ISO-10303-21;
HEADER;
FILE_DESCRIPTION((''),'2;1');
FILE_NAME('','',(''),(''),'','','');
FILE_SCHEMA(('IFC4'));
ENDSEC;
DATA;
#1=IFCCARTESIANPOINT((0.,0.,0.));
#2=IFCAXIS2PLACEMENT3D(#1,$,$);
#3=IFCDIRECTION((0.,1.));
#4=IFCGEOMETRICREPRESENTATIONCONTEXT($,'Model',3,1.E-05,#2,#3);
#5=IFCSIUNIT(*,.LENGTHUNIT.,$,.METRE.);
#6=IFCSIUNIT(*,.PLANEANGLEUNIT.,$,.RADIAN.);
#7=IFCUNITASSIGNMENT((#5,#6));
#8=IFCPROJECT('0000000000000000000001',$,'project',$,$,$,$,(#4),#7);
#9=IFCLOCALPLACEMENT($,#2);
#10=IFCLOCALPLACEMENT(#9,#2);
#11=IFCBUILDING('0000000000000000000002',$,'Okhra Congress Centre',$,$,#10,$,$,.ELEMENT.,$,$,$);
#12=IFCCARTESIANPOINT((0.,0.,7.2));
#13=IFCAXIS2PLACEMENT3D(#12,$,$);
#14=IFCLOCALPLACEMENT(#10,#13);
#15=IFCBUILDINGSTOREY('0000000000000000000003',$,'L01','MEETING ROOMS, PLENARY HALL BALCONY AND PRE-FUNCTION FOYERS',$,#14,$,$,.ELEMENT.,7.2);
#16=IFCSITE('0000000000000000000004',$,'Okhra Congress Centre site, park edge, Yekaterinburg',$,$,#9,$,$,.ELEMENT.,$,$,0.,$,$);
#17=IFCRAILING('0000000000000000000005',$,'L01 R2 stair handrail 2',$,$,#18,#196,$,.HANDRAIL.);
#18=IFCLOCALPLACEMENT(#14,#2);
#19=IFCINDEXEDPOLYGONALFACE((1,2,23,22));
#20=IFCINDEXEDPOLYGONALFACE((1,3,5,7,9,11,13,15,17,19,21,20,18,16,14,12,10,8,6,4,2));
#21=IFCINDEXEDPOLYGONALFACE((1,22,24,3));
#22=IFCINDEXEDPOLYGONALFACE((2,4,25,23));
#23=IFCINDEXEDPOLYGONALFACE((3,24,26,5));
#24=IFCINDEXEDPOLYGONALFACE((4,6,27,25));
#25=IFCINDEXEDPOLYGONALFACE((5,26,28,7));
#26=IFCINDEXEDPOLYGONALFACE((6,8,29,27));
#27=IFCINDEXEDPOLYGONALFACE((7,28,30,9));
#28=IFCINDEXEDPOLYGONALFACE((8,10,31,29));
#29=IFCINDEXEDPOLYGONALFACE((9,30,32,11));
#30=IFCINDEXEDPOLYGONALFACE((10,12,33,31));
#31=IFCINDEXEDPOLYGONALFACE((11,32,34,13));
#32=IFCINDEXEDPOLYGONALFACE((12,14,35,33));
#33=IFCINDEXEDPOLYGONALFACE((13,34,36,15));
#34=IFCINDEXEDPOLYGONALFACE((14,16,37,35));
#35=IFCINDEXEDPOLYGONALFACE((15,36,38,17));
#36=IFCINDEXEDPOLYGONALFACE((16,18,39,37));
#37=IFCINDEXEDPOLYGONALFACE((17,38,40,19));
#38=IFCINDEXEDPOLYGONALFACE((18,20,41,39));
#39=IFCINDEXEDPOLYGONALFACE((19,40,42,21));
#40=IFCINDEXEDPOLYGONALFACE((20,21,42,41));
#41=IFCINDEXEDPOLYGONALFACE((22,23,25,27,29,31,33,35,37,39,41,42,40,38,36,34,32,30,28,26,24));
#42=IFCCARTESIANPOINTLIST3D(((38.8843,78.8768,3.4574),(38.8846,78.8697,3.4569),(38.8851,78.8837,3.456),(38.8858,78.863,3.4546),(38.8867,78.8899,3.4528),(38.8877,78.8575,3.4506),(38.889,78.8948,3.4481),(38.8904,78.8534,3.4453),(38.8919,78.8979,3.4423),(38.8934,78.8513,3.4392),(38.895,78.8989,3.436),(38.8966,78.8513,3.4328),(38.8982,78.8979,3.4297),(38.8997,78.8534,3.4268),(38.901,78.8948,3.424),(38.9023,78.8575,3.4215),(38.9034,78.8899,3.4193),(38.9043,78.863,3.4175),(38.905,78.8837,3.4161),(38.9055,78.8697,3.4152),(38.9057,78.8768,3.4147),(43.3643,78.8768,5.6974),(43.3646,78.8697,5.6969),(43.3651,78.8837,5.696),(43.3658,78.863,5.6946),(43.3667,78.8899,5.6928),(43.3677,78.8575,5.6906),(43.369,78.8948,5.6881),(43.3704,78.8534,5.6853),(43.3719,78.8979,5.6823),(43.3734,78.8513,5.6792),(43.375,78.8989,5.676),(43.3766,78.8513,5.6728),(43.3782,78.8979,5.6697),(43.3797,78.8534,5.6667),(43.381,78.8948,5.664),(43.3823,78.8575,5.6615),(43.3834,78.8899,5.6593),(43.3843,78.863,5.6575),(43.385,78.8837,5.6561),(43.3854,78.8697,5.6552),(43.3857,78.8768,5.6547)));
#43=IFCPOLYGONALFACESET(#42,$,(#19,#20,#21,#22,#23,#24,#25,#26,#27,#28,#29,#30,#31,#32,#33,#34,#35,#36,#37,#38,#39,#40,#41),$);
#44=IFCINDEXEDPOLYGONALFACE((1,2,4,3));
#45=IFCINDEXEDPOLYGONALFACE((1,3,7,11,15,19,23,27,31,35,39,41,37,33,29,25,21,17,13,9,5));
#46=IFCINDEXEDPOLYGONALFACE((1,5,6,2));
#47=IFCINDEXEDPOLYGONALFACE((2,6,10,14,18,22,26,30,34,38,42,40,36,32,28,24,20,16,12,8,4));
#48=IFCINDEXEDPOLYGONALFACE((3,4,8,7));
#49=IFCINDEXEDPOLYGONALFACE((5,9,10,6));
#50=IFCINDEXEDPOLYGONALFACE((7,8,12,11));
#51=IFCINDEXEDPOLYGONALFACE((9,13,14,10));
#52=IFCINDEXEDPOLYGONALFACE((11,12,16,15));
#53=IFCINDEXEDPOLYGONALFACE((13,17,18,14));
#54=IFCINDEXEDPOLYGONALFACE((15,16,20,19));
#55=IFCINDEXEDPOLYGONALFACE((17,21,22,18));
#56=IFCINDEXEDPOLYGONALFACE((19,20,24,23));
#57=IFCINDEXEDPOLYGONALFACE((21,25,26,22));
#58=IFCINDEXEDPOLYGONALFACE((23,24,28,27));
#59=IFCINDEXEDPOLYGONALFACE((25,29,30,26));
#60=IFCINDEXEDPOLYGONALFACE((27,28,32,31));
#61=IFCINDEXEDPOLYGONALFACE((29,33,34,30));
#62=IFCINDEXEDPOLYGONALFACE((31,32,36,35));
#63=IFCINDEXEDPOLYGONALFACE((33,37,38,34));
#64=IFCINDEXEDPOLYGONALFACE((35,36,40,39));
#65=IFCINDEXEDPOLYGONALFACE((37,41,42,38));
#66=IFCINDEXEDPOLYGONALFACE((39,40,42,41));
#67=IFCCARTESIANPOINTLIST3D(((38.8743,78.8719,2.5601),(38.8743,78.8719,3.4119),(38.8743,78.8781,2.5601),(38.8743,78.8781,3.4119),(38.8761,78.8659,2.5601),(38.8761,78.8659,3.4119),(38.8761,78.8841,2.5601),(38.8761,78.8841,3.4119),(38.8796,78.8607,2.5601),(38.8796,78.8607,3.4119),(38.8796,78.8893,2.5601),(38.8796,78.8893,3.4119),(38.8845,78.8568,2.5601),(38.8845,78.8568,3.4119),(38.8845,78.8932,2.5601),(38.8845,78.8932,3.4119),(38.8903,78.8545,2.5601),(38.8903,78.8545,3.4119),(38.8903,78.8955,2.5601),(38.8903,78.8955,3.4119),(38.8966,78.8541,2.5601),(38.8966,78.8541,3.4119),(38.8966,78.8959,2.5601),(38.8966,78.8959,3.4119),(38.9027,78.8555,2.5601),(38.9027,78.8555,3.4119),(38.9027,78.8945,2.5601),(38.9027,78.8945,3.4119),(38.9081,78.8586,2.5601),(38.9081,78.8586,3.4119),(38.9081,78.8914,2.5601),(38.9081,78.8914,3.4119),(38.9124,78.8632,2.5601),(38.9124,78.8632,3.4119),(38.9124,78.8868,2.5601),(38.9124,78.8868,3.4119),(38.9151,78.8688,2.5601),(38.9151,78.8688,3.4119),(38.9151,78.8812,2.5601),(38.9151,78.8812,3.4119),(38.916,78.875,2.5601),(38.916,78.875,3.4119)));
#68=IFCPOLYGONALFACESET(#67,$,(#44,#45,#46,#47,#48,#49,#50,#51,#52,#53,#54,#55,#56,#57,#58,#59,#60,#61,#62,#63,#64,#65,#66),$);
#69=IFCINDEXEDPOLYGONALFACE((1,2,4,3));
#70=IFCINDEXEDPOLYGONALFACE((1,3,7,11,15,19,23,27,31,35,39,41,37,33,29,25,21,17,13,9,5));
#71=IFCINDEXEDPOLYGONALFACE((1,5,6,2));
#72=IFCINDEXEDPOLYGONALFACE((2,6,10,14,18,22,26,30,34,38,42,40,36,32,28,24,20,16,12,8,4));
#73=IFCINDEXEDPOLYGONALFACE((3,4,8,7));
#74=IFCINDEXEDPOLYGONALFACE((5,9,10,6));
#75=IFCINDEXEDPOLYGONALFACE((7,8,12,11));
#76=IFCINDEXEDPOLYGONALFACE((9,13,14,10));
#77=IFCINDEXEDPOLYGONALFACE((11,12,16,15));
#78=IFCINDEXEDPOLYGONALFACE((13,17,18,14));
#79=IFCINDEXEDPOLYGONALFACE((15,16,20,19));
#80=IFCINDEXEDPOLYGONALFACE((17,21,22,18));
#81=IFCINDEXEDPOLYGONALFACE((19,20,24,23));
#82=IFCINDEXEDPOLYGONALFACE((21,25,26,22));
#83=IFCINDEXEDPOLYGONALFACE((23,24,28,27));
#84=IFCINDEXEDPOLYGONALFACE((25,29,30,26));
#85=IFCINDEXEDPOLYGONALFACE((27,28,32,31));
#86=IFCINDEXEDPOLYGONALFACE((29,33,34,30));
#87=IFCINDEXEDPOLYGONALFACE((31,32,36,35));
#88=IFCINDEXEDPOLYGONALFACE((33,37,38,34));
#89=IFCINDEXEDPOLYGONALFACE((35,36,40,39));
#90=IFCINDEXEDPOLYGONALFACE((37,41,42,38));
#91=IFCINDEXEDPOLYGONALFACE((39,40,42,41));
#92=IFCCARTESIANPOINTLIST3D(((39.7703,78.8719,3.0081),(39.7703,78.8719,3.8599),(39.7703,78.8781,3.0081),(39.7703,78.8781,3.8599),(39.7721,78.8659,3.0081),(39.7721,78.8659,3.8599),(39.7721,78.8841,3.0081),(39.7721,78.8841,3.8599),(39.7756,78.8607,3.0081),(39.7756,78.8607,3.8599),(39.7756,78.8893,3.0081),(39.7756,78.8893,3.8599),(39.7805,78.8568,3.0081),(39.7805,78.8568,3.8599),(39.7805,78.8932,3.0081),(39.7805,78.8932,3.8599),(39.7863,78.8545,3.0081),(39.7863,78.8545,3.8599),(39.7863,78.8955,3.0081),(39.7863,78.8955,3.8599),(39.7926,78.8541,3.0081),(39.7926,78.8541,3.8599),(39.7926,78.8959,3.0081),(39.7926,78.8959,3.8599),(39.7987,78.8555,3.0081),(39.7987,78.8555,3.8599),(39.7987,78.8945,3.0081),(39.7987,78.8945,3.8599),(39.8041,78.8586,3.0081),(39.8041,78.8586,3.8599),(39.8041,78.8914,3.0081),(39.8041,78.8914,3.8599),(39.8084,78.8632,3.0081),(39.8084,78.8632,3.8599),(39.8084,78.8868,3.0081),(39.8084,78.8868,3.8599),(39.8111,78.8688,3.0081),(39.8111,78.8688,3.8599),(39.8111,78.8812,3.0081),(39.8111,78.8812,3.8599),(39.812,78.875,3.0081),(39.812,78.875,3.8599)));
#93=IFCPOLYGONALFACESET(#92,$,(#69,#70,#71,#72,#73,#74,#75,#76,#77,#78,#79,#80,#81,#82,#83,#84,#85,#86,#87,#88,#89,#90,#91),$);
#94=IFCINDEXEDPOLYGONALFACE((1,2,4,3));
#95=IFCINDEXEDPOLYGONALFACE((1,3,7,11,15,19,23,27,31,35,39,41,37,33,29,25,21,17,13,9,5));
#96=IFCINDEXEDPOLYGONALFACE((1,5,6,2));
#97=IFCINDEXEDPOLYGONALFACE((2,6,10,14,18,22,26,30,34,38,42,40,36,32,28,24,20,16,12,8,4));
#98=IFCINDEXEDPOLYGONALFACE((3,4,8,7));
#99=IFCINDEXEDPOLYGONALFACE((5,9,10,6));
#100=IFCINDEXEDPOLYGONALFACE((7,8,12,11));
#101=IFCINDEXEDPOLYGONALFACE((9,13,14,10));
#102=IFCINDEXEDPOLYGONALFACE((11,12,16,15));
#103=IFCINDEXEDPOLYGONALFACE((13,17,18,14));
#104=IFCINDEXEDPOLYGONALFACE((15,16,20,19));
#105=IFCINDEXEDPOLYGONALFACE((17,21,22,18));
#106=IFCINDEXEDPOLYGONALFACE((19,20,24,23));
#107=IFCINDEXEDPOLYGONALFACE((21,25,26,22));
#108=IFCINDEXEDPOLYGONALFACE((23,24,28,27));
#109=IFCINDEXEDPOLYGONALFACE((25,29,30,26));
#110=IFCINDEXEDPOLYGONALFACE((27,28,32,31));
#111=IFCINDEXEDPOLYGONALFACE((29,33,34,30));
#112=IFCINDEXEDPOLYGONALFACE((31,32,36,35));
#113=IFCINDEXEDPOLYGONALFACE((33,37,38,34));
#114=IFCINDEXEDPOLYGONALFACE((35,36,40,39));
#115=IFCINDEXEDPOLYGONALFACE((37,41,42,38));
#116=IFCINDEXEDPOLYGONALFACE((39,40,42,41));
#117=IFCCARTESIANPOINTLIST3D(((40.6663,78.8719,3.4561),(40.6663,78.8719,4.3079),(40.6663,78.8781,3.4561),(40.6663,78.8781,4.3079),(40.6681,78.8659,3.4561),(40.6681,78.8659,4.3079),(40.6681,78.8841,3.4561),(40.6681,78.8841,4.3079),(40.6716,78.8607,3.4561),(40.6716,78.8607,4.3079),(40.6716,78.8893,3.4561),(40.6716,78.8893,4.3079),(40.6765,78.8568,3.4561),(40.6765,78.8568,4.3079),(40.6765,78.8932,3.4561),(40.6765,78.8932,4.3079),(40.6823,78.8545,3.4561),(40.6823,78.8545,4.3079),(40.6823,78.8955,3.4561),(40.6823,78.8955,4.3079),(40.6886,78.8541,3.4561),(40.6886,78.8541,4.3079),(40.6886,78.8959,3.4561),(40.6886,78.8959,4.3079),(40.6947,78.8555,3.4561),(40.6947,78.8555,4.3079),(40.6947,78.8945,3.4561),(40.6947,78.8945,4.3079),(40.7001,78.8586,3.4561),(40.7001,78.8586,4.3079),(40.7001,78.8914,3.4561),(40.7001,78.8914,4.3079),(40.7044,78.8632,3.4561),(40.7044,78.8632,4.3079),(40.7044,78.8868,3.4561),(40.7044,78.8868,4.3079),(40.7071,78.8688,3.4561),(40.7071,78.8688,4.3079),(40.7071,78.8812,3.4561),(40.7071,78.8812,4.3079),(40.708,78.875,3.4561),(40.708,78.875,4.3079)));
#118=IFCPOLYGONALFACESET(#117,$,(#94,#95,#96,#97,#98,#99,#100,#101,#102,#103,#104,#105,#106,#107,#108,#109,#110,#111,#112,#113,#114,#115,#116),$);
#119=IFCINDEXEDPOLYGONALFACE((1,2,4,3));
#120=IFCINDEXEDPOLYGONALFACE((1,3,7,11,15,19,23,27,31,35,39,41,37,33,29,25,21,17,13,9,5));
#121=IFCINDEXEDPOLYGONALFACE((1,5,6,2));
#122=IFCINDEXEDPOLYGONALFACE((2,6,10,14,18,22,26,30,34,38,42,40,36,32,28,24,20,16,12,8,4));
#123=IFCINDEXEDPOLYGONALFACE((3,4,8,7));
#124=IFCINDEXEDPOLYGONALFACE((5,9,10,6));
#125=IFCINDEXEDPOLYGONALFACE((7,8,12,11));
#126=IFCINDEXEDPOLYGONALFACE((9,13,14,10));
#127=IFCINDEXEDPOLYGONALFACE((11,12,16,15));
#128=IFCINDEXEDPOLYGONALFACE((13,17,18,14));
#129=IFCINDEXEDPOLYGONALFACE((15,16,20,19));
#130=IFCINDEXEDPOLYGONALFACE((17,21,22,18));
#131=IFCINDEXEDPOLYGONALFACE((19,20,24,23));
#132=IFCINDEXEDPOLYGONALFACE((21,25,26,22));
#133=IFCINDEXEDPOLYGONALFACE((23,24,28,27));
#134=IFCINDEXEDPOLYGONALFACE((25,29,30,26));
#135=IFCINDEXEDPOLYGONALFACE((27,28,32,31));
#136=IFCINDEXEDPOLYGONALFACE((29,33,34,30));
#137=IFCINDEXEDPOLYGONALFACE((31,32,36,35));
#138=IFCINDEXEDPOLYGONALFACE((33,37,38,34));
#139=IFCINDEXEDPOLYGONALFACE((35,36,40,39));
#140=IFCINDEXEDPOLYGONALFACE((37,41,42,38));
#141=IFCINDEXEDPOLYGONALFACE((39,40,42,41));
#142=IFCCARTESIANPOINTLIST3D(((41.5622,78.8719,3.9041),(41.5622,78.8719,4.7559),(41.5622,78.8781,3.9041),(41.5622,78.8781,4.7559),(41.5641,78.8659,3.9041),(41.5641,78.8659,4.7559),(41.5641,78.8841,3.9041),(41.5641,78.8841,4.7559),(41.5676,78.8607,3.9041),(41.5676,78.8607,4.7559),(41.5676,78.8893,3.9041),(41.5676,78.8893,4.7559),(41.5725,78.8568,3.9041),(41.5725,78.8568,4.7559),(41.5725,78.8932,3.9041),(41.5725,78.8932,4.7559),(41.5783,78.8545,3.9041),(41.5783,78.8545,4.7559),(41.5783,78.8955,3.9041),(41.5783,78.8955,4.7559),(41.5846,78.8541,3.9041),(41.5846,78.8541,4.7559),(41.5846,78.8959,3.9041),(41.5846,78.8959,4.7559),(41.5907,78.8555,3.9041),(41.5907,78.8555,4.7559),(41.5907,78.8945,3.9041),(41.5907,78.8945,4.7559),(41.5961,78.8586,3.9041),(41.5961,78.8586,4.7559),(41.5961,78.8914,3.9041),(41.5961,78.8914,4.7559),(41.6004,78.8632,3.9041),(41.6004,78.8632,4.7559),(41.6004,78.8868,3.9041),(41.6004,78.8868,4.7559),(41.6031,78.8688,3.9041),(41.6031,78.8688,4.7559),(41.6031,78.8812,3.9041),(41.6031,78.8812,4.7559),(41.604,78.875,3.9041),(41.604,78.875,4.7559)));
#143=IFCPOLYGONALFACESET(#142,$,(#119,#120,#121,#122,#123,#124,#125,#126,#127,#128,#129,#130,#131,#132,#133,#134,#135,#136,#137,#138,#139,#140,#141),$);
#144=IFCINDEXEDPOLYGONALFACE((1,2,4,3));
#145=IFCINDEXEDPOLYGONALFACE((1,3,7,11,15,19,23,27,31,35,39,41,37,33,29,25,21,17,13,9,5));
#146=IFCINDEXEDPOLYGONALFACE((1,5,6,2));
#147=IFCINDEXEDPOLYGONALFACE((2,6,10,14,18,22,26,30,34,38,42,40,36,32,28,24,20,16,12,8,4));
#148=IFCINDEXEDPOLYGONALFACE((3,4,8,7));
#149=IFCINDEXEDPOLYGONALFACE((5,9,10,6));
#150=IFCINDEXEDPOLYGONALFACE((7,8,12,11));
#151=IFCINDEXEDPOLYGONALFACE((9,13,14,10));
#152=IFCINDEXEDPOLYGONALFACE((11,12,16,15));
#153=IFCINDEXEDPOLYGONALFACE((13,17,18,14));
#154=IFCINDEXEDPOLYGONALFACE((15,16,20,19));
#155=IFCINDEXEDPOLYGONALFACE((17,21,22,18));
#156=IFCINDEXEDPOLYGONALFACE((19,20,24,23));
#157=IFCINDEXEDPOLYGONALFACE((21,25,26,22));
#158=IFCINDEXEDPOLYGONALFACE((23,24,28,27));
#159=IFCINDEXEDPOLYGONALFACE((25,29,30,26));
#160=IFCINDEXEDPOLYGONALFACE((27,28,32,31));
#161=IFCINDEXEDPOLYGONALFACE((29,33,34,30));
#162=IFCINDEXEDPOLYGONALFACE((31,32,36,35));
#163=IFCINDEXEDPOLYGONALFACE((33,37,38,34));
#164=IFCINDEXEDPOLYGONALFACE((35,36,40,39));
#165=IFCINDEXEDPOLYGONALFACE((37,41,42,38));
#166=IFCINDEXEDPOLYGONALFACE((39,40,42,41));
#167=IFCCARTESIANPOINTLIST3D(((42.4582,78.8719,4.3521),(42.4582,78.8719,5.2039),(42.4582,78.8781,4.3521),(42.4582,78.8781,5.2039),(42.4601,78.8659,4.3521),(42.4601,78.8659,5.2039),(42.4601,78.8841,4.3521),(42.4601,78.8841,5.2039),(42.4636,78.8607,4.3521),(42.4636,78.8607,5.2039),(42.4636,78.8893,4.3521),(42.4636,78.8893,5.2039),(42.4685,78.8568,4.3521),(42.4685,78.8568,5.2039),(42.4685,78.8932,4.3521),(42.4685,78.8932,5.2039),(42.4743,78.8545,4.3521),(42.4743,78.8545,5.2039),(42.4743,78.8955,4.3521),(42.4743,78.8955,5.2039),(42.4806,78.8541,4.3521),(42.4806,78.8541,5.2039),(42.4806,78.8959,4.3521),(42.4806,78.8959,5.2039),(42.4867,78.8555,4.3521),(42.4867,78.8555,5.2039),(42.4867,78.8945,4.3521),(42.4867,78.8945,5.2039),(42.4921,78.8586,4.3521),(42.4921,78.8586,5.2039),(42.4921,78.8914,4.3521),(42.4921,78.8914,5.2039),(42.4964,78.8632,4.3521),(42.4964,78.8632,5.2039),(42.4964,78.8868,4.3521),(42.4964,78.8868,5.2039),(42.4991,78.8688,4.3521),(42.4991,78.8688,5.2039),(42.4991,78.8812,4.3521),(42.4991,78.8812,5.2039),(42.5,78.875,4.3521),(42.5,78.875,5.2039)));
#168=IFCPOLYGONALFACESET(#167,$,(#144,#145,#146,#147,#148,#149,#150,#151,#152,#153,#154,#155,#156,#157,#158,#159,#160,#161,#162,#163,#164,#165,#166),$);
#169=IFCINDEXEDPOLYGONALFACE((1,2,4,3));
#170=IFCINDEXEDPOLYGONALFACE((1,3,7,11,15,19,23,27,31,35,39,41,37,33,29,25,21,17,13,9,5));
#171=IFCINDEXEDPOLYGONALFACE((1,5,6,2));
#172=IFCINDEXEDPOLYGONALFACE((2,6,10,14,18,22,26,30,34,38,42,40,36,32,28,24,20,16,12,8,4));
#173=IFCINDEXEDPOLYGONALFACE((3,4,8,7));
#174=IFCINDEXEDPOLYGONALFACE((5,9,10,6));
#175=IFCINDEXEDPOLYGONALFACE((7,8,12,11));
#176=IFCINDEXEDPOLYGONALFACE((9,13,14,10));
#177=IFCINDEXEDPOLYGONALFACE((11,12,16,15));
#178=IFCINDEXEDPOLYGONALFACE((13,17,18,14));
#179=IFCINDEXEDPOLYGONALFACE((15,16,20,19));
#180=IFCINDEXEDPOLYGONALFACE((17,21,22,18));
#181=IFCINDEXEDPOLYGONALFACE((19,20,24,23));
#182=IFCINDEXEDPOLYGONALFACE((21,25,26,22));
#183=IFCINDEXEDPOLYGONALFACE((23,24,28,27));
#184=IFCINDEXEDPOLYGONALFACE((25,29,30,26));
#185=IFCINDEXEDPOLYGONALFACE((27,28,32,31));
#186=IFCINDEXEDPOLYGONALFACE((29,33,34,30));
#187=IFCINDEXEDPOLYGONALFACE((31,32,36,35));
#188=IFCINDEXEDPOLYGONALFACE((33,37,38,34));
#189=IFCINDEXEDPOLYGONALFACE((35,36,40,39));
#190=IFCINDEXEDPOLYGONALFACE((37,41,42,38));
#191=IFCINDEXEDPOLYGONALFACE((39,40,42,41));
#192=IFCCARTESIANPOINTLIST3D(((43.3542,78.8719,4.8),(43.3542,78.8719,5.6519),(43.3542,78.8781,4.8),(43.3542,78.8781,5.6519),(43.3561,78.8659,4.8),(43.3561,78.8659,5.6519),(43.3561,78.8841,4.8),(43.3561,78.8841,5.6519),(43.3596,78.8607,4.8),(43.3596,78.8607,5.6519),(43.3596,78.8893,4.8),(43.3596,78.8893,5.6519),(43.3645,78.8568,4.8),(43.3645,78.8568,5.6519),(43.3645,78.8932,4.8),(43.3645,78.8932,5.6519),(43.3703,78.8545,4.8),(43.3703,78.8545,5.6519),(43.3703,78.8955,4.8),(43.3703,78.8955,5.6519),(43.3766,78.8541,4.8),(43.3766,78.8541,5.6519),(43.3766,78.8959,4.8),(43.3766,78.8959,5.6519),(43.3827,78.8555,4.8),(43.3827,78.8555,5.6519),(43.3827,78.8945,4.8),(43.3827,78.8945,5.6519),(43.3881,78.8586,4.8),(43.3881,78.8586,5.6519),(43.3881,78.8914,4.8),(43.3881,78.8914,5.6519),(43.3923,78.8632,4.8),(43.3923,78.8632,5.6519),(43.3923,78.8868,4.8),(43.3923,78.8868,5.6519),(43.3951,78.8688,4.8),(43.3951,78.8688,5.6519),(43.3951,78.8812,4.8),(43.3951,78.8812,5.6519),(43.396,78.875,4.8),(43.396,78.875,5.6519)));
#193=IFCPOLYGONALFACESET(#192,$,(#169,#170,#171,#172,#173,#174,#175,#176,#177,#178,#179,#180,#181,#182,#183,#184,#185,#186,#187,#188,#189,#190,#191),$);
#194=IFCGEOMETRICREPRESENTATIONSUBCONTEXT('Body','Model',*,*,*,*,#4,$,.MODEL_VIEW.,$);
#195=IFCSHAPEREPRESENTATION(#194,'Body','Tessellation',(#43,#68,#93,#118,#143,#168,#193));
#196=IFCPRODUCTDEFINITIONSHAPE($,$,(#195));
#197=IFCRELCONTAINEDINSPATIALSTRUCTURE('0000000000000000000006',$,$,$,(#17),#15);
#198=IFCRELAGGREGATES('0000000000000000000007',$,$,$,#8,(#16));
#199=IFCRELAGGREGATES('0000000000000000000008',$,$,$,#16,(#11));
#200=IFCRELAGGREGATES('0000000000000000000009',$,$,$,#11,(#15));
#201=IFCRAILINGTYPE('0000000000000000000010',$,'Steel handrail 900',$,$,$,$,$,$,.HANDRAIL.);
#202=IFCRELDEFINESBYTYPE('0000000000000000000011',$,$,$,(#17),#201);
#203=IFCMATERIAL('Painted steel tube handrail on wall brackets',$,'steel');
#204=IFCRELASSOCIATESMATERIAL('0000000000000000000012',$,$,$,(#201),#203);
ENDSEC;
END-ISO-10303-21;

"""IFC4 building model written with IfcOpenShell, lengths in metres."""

from ifc_helpers import new_model, si_unit, direction, frame, origin, origin_2d, place, context, subcontext, project, spatial, circle, extrude, material, type_object, element, save


model = new_model("IFC4")

# Units and contexts
model_context = context("Model", 3, precision=1e-05, world=origin(), true_north=direction((0.0, 1.0)))
body_context = subcontext(model_context, "Body", "Model", "MODEL_VIEW")
ifc_project = project(units=[si_unit("LENGTHUNIT", "METRE"), si_unit("PLANEANGLEUNIT", "RADIAN")], contexts=[model_context])

# Site, building, storey
site_placement = place(None, origin())
site = spatial("IfcSite", under=ifc_project, at=site_placement, Name="Okhra Congress Centre site, park edge, Yekaterinburg", CompositionType="ELEMENT", RefElevation=0.0)
building_placement = place(site_placement, origin())
building = spatial("IfcBuilding", under=site, at=building_placement, Name="Okhra Congress Centre", CompositionType="ELEMENT")
storey_placement = place(building_placement, frame((0.0, 0.0, 7.2)))
storey = spatial("IfcBuildingStorey", under=building, at=storey_placement, Name="L01", Description="MEETING ROOMS, PLENARY HALL BALCONY AND PRE-FUNCTION FOYERS", CompositionType="ELEMENT", Elevation=7.2)

# Railing
ifc_material_1 = material(Name="Painted steel tube handrail on wall brackets", Category="steel")
railing_type = type_object("IfcRailingType", Name="Steel handrail 900", PredefinedType="HANDRAIL", material=ifc_material_1)
railing_placement = place(storey_placement, frame((38.895, 78.875, 2.5601)))
element("IfcRailing", 1, at=railing_placement, inside=storey, type_object=railing_type, Name="L01 R2 stair handrail 2", PredefinedType="HANDRAIL", context=body_context, shape_type="SweptSolid", body=[
    extrude(circle(Radius=0.0239, at=origin_2d()), frame((0.0, 0.0, 0.876), z_axis=(0.894427, 0.0, 0.447214), x_axis=(0.0, 1.0, 0.0)), (0.0, 0.0, 1.0), 5.0088),
    extrude(circle(Radius=0.021, at=origin_2d()), origin(), (0.0, 0.0, 1.0), 0.8518),
    extrude(circle(Radius=0.021, at=origin_2d()), frame((0.896, 0.0, 0.448)), (0.0, 0.0, 1.0), 0.8518),
    extrude(circle(Radius=0.021, at=origin_2d()), frame((1.792, 0.0, 0.896)), (0.0, 0.0, 1.0), 0.8518),
    extrude(circle(Radius=0.021, at=origin_2d()), frame((2.688, 0.0, 1.344)), (0.0, 0.0, 1.0), 0.8518),
    extrude(circle(Radius=0.021, at=origin_2d()), frame((3.584, 0.0, 1.792)), (0.0, 0.0, 1.0), 0.8518),
    extrude(circle(Radius=0.021, at=origin_2d()), frame((4.48, 0.0, 2.24)), (0.0, 0.0, 1.0), 0.8518),
])

save(model, "model.ifc")
